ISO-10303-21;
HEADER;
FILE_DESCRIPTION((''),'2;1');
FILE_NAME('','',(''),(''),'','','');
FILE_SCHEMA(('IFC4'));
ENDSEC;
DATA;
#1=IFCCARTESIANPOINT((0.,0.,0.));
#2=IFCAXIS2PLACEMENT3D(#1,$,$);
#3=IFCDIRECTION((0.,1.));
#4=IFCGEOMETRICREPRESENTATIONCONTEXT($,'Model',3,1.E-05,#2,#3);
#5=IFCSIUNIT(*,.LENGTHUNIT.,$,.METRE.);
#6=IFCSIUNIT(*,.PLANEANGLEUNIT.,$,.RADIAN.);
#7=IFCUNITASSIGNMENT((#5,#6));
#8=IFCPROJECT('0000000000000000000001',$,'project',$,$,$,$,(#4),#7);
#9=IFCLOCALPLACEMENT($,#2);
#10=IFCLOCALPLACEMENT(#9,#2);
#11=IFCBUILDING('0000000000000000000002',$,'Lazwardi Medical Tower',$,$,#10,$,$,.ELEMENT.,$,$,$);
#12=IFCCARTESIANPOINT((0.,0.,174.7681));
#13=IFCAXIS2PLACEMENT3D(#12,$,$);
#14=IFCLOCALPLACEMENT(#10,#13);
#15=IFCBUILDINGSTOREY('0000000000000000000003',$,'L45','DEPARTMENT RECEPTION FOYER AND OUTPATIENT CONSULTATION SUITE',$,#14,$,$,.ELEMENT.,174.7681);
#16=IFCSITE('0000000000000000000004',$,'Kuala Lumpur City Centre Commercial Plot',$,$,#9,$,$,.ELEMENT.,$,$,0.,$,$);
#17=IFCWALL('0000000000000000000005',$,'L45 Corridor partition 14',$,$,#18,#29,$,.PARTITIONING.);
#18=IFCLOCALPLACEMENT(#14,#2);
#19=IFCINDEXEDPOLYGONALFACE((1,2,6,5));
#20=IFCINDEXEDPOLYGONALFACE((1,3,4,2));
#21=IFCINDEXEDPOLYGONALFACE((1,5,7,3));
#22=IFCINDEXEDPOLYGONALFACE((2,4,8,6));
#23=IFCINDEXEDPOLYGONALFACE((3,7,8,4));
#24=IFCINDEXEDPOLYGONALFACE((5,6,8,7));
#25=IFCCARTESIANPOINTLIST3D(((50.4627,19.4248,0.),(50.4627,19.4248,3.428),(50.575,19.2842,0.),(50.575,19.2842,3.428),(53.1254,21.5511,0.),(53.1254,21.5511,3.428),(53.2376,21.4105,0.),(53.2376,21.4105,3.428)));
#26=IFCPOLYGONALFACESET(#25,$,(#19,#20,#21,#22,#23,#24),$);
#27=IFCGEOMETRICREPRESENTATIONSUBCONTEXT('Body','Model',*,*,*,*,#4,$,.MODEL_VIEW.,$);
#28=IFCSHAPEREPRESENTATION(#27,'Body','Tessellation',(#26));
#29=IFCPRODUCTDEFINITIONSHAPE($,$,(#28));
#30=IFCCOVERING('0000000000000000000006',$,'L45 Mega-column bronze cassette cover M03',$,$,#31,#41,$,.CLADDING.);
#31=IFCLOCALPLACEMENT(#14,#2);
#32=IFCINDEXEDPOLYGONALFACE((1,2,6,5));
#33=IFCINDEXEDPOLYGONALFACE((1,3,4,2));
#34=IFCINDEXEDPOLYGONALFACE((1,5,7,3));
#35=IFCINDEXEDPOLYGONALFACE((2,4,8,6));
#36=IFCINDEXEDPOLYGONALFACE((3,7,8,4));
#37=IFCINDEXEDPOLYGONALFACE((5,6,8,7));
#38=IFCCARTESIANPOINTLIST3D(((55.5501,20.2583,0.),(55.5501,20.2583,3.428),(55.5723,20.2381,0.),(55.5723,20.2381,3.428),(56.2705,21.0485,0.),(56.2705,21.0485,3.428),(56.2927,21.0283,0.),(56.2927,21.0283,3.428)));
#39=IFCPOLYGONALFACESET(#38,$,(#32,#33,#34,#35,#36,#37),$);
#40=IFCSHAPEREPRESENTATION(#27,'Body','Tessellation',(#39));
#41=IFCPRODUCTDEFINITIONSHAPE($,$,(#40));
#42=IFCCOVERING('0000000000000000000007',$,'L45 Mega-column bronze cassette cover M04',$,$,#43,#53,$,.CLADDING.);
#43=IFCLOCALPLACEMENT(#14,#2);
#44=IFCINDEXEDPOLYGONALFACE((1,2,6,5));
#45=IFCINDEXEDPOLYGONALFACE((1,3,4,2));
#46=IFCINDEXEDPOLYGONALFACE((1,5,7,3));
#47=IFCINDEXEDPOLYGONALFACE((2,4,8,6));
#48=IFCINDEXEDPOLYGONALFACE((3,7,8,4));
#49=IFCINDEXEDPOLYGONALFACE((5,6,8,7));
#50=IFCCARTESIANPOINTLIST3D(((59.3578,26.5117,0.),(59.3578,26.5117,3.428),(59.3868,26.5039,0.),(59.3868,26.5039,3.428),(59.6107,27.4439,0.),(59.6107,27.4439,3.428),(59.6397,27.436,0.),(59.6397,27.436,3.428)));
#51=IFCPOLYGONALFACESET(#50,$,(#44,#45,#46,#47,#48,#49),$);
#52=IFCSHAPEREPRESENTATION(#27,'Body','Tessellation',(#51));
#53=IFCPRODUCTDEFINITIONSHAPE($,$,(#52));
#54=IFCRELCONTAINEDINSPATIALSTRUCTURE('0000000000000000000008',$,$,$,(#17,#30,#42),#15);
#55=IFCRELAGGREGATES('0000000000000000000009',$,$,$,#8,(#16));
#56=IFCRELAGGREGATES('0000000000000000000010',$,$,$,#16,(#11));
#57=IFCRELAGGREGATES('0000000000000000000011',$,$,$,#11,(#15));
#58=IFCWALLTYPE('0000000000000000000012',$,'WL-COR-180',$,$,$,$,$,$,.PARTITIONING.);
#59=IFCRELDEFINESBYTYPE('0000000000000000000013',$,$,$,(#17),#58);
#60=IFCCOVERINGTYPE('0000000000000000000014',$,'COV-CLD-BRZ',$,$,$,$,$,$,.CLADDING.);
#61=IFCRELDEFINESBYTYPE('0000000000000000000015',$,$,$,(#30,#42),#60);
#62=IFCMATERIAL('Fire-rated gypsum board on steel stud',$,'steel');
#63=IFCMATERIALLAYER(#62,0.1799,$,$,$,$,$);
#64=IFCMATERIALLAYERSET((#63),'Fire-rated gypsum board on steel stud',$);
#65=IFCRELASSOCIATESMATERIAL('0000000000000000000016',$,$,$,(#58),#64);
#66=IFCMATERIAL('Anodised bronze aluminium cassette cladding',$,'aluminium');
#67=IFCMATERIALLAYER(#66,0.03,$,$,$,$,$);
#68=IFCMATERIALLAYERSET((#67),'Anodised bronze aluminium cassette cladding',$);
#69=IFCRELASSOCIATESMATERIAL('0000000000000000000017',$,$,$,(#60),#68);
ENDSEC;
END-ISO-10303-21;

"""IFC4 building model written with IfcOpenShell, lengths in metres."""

from ifc_helpers import new_model, si_unit, direction, frame, frame_2d, origin, origin_2d, place, context, subcontext, project, spatial, rectangle, extrude, material, layer, layer_set, type_object, element, save


model = new_model("IFC4")

# Units and contexts
model_context = context("Model", 3, precision=1e-05, world=origin(), true_north=direction((0.0, 1.0)))
body_context = subcontext(model_context, "Body", "Model", "MODEL_VIEW")
ifc_project = project(units=[si_unit("LENGTHUNIT", "METRE"), si_unit("PLANEANGLEUNIT", "RADIAN")], contexts=[model_context])

# Site, building, storey
site_placement = place(None, origin())
site = spatial("IfcSite", under=ifc_project, at=site_placement, Name="Kuala Lumpur City Centre Commercial Plot", CompositionType="ELEMENT", RefElevation=0.0)
building_placement = place(site_placement, origin())
building = spatial("IfcBuilding", under=site, at=building_placement, Name="Lazwardi Medical Tower", CompositionType="ELEMENT")
storey_placement = place(building_placement, frame((0.0, 0.0, 174.7681)))
storey = spatial("IfcBuildingStorey", under=building, at=storey_placement, Name="L45", Description="DEPARTMENT RECEPTION FOYER AND OUTPATIENT CONSULTATION SUITE", CompositionType="ELEMENT", Elevation=174.7681)

# Wall
ifc_material_1 = material(Name="Fire-rated gypsum board on steel stud", Category="steel")
ifc_layer_1 = layer(ifc_material_1, 0.1799)
ifc_layer_set_1 = layer_set([ifc_layer_1], Name="Fire-rated gypsum board on steel stud")
wall_type = type_object("IfcWallType", Name="WL-COR-180", PredefinedType="PARTITIONING", material=ifc_layer_set_1)
wall_placement = place(storey_placement, frame((53.1814, 21.4807, 0.0), z_axis=(0.0, 0.0, 1.0), x_axis=(-0.781421, -0.624005, 0.0)))
element("IfcWall", 1, at=wall_placement, inside=storey, type_object=wall_type, Name="L45 Corridor partition 14", PredefinedType="PARTITIONING", context=body_context, shape_type="SweptSolid", body=[
    extrude(rectangle(XDim=3.4075, YDim=0.1799, at=frame_2d((1.7036, 0.0))), origin(), (0.0, 0.0, 1.0), 3.428),
])

# Coverings
ifc_material_2 = material(Name="Anodised bronze aluminium cassette cladding", Category="aluminium")
ifc_layer_2 = layer(ifc_material_2, 0.03)
ifc_layer_set_2 = layer_set([ifc_layer_2], Name="Anodised bronze aluminium cassette cladding")
covering_type = type_object("IfcCoveringType", Name="COV-CLD-BRZ", PredefinedType="CLADDING", material=ifc_layer_set_2)
covering_1_placement = place(storey_placement, frame((55.9214, 20.6433, 0.0), z_axis=(0.0, 0.0, 1.0), x_axis=(0.673714, 0.738992, 0.0)))
element("IfcCovering", 2, at=covering_1_placement, inside=storey, type_object=covering_type, Name="L45 Mega-column bronze cassette cover M03", PredefinedType="CLADDING", context=body_context, shape_type="SweptSolid", body=[
    extrude(rectangle(XDim=1.0693, YDim=0.03, at=origin_2d()), origin(), (0.0, 0.0, 1.0), 3.428),
])
covering_2_placement = place(storey_placement, frame((59.4988, 26.9739, 0.0), z_axis=(0.0, 0.0, 1.0), x_axis=(0.261829, 0.965114, 0.0)))
element("IfcCovering", 3, at=covering_2_placement, inside=storey, type_object=covering_type, Name="L45 Mega-column bronze cassette cover M04", PredefinedType="CLADDING", context=body_context, shape_type="SweptSolid", body=[
    extrude(rectangle(XDim=0.9658, YDim=0.03, at=origin_2d()), origin(), (0.0, 0.0, 1.0), 3.428),
])

save(model, "model.ifc")
